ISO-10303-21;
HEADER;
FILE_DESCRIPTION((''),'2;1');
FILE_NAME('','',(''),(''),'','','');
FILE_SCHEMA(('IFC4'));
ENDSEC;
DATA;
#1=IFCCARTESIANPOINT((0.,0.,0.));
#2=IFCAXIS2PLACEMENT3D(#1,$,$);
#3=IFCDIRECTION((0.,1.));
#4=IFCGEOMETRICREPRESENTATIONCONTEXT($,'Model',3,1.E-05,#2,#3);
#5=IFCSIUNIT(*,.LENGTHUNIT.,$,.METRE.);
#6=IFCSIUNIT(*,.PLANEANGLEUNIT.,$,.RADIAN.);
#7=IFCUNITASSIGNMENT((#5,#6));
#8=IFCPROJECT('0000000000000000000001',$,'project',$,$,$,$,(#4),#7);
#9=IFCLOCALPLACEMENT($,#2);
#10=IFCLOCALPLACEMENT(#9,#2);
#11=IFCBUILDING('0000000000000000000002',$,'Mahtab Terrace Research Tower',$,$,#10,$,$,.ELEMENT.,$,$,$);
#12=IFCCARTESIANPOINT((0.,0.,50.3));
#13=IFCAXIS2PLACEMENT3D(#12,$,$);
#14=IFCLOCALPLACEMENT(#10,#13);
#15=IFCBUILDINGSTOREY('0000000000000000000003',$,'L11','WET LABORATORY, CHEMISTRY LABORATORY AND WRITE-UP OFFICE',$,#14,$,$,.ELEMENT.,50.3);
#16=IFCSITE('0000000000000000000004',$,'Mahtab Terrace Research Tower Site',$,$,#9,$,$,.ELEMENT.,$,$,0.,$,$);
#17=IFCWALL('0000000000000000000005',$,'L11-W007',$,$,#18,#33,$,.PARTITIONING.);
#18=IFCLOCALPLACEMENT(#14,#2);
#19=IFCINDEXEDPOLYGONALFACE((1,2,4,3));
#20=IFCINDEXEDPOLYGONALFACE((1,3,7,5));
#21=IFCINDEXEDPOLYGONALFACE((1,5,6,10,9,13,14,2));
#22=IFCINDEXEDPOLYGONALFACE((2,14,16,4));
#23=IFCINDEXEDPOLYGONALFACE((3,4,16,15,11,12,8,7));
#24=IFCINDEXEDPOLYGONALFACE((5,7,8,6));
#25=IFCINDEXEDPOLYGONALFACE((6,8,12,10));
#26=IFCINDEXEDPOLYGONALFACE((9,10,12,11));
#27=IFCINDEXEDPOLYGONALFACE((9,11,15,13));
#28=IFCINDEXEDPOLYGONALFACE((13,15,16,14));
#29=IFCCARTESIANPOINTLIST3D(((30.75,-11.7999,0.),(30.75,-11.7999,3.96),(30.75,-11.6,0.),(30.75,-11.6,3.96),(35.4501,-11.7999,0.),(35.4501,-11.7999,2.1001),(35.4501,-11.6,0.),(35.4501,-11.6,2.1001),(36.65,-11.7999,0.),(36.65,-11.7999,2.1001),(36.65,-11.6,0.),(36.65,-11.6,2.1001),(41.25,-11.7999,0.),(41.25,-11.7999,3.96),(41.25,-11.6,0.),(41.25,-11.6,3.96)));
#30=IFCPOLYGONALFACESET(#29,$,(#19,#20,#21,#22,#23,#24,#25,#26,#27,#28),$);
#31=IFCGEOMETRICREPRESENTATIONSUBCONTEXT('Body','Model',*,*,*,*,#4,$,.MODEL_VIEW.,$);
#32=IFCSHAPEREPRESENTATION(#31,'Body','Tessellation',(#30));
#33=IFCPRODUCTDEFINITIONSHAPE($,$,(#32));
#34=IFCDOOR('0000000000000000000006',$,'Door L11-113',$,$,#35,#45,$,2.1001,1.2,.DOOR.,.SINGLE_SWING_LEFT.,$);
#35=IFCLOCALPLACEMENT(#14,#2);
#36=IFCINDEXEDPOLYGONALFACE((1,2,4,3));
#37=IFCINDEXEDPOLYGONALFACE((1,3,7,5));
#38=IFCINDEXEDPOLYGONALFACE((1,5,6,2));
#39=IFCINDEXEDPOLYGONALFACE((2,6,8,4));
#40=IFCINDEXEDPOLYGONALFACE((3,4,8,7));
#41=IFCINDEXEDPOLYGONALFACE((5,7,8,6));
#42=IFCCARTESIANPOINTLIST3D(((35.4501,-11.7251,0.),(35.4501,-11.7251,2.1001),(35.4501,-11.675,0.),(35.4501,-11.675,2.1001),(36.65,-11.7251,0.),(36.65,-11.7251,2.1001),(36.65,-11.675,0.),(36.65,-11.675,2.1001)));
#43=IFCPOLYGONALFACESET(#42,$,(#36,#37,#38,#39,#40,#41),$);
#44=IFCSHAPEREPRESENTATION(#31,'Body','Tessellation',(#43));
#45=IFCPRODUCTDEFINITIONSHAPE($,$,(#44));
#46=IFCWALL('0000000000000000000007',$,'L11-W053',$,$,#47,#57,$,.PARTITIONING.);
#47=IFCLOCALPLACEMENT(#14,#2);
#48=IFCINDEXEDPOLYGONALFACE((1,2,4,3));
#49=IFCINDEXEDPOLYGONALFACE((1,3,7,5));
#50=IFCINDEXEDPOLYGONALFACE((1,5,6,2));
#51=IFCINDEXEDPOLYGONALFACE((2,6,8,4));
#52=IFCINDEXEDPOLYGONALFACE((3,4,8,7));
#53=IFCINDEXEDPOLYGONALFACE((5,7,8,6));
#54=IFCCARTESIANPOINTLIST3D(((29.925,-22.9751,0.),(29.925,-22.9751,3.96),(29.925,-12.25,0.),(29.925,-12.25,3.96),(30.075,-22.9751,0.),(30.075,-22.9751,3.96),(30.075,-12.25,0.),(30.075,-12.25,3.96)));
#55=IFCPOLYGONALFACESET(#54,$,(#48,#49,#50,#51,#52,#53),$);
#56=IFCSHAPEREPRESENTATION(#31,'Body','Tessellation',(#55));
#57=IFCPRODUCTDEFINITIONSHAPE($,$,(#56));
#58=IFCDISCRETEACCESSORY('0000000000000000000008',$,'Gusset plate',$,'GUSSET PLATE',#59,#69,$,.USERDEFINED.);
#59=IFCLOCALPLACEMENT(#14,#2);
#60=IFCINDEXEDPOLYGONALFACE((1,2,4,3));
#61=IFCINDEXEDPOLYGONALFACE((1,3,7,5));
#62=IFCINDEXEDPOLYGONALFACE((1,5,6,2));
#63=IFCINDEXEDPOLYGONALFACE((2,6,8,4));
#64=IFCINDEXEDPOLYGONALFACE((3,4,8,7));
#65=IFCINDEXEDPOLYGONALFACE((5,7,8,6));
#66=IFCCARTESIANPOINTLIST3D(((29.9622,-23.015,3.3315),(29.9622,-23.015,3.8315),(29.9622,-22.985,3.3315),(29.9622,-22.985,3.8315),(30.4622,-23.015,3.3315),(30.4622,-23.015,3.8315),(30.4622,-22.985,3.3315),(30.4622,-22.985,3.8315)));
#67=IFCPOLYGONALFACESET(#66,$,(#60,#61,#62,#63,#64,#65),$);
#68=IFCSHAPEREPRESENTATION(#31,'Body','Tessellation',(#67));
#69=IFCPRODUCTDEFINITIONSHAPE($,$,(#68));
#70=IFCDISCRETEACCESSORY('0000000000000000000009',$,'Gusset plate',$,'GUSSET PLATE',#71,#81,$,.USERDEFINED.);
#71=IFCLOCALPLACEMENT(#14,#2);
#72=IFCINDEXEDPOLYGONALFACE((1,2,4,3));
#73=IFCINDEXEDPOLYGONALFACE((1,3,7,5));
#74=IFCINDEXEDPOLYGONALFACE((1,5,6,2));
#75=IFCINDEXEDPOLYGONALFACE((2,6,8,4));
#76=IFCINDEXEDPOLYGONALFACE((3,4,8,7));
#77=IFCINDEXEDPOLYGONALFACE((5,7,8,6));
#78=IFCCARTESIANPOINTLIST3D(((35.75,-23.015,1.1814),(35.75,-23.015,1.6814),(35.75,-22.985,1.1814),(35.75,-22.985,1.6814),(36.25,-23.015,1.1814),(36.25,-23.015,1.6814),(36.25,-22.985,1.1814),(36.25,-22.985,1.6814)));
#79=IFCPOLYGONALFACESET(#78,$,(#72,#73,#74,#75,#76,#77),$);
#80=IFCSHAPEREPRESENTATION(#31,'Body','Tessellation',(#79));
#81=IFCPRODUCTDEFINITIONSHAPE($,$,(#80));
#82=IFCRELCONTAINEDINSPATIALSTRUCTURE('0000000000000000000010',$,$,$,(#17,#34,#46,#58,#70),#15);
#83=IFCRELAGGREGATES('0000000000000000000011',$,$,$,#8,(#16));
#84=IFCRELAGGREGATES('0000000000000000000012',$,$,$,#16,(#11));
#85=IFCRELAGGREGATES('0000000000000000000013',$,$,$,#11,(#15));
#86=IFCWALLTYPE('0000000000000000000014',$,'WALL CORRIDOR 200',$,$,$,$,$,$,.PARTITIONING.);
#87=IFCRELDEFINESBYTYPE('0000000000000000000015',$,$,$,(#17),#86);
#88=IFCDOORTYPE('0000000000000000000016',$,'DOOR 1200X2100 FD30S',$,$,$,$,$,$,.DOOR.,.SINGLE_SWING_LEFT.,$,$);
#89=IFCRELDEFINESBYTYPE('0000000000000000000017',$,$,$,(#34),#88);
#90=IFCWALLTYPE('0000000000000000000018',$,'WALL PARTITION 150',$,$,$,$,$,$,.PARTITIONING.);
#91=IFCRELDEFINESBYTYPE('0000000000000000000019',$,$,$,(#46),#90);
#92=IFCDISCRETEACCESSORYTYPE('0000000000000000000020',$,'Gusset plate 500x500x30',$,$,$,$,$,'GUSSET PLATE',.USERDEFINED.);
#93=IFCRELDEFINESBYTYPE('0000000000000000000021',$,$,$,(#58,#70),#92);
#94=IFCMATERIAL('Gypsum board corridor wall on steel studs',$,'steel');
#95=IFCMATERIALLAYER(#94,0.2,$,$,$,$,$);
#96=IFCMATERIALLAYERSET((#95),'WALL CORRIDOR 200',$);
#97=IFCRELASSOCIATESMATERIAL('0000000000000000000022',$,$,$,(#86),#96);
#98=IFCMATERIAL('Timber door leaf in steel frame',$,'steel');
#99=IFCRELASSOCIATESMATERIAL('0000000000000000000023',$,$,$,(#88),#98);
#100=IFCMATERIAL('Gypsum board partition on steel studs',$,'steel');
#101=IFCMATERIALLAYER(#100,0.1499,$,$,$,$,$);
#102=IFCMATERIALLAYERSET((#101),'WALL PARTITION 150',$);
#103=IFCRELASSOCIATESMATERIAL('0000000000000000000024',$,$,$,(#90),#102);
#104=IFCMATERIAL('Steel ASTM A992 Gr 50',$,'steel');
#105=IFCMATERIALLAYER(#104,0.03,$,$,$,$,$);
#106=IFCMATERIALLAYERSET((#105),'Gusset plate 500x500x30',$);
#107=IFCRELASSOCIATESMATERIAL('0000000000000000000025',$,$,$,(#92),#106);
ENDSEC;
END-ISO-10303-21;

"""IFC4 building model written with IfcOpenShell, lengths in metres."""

from ifc_helpers import new_model, si_unit, direction, frame, frame_2d, origin, origin_2d, place, context, subcontext, project, spatial, rectangle, extrude, material, layer, layer_set, type_object, element, fill, save


model = new_model("IFC4")

# Units and contexts
model_context = context("Model", 3, precision=1e-05, world=origin(), true_north=direction((0.0, 1.0)))
body_context = subcontext(model_context, "Body", "Model", "MODEL_VIEW")
ifc_project = project(units=[si_unit("LENGTHUNIT", "METRE"), si_unit("PLANEANGLEUNIT", "RADIAN")], contexts=[model_context])

# Site, building, storey
site_placement = place(None, origin())
site = spatial("IfcSite", under=ifc_project, at=site_placement, Name="Mahtab Terrace Research Tower Site", CompositionType="ELEMENT", RefElevation=0.0)
building_placement = place(site_placement, origin())
building = spatial("IfcBuilding", under=site, at=building_placement, Name="Mahtab Terrace Research Tower", CompositionType="ELEMENT")
storey_placement = place(building_placement, frame((0.0, 0.0, 50.3)))
storey = spatial("IfcBuildingStorey", under=building, at=storey_placement, Name="L11", Description="WET LABORATORY, CHEMISTRY LABORATORY AND WRITE-UP OFFICE", CompositionType="ELEMENT", Elevation=50.3)

# Shared definitions
ifc_material_1 = material(Name="Steel ASTM A992 Gr 50", Category="steel")

# Wall, opening, door
ifc_material_2 = material(Name="Gypsum board corridor wall on steel studs", Category="steel")
ifc_layer_1 = layer(ifc_material_2, 0.2)
ifc_layer_set_1 = layer_set([ifc_layer_1], Name="WALL CORRIDOR 200")
wall_type_1 = type_object("IfcWallType", Name="WALL CORRIDOR 200", PredefinedType="PARTITIONING", material=ifc_layer_set_1)
wall_1_placement = place(storey_placement, frame((30.75, -11.7, 0.0), z_axis=(0.0, 0.0, 1.0), x_axis=(1.0, 0.0, 0.0)))
wall_1 = element("IfcWall", 1, at=wall_1_placement, inside=storey, type_object=wall_type_1, Name="L11-W007", PredefinedType="PARTITIONING", context=body_context, shape_type="SweptSolid", body=[
    extrude(rectangle(XDim=10.5, YDim=0.2, at=frame_2d((5.25, 0.0))), origin(), (0.0, 0.0, 1.0), 3.96),
])
opening_placement = place(wall_1_placement, frame((4.7, 0.0, 0.0)))
opening = element("IfcOpeningElement", 2, at=opening_placement, cuts=wall_1, PredefinedType="OPENING", context=body_context, shape_type="SweptSolid", body=[
    extrude(rectangle(XDim=1.2, YDim=2.1001, at=frame_2d((0.6001, 1.05))), frame((0.0, 0.1099, 0.0), z_axis=(0.0, -1.0, 0.0), x_axis=(1.0, 0.0, 0.0)), (0.0, 0.0, 1.0), 0.22),
])
ifc_material_3 = material(Name="Timber door leaf in steel frame", Category="steel")
door_type = type_object("IfcDoorType", Name="DOOR 1200X2100 FD30S", OperationType="SINGLE_SWING_LEFT", PredefinedType="DOOR", material=ifc_material_3)
door_placement = place(opening_placement, origin())
door = element("IfcDoor", 3, at=door_placement, inside=storey, type_object=door_type, Name="Door L11-113", OperationType="SINGLE_SWING_LEFT", OverallHeight=2.1001, OverallWidth=1.2, PredefinedType="DOOR", context=body_context, shape_type="SweptSolid", body=[
    extrude(rectangle(XDim=1.2, YDim=2.1001, at=frame_2d((0.6001, 1.05))), frame((0.0, 0.0249, 0.0), z_axis=(0.0, -1.0, 0.0), x_axis=(1.0, 0.0, 0.0)), (0.0, 0.0, 1.0), 0.05),
])
fill(opening, door)

# Wall
ifc_material_4 = material(Name="Gypsum board partition on steel studs", Category="steel")
ifc_layer_2 = layer(ifc_material_4, 0.1499)
ifc_layer_set_2 = layer_set([ifc_layer_2], Name="WALL PARTITION 150")
wall_type_2 = type_object("IfcWallType", Name="WALL PARTITION 150", PredefinedType="PARTITIONING", material=ifc_layer_set_2)
wall_2_placement = place(storey_placement, frame((30.0, -22.9751, 0.0), z_axis=(0.0, 0.0, 1.0), x_axis=(0.0, 1.0, 0.0)))
element("IfcWall", 4, at=wall_2_placement, inside=storey, type_object=wall_type_2, Name="L11-W053", PredefinedType="PARTITIONING", context=body_context, shape_type="SweptSolid", body=[
    extrude(rectangle(XDim=10.7251, YDim=0.1499, at=frame_2d((5.3625, 0.0))), origin(), (0.0, 0.0, 1.0), 3.96),
])

# Discrete accessories
ifc_layer_3 = layer(ifc_material_1, 0.03)
ifc_layer_set_3 = layer_set([ifc_layer_3], Name="Gusset plate 500x500x30")
discrete_accessory_type = type_object("IfcDiscreteAccessoryType", Name="Gusset plate 500x500x30", ElementType="GUSSET PLATE", PredefinedType="USERDEFINED", material=ifc_layer_set_3)
for number, where, z_axis, x_axis, name in (
    (5, (30.2122, -23.0, 3.3315), (0.0, 0.0, 1.0), (1.0, 0.0, 0.0), "Gusset plate"),
    (6, (36.0, -23.0, 1.1814), (0.0, 0.0, 1.0), (1.0, 0.0, 0.0), "Gusset plate"),
):
    element("IfcDiscreteAccessory", number, at=place(storey_placement, frame(where, z_axis=z_axis, x_axis=x_axis)), inside=storey, type_object=discrete_accessory_type, Name=name, ObjectType="GUSSET PLATE", PredefinedType="USERDEFINED", context=body_context, shape_type="SweptSolid", body=[
        extrude(rectangle(XDim=0.5, YDim=0.03, at=origin_2d()), origin(), (0.0, 0.0, 1.0), 0.5),
    ])

save(model, "model.ifc")
